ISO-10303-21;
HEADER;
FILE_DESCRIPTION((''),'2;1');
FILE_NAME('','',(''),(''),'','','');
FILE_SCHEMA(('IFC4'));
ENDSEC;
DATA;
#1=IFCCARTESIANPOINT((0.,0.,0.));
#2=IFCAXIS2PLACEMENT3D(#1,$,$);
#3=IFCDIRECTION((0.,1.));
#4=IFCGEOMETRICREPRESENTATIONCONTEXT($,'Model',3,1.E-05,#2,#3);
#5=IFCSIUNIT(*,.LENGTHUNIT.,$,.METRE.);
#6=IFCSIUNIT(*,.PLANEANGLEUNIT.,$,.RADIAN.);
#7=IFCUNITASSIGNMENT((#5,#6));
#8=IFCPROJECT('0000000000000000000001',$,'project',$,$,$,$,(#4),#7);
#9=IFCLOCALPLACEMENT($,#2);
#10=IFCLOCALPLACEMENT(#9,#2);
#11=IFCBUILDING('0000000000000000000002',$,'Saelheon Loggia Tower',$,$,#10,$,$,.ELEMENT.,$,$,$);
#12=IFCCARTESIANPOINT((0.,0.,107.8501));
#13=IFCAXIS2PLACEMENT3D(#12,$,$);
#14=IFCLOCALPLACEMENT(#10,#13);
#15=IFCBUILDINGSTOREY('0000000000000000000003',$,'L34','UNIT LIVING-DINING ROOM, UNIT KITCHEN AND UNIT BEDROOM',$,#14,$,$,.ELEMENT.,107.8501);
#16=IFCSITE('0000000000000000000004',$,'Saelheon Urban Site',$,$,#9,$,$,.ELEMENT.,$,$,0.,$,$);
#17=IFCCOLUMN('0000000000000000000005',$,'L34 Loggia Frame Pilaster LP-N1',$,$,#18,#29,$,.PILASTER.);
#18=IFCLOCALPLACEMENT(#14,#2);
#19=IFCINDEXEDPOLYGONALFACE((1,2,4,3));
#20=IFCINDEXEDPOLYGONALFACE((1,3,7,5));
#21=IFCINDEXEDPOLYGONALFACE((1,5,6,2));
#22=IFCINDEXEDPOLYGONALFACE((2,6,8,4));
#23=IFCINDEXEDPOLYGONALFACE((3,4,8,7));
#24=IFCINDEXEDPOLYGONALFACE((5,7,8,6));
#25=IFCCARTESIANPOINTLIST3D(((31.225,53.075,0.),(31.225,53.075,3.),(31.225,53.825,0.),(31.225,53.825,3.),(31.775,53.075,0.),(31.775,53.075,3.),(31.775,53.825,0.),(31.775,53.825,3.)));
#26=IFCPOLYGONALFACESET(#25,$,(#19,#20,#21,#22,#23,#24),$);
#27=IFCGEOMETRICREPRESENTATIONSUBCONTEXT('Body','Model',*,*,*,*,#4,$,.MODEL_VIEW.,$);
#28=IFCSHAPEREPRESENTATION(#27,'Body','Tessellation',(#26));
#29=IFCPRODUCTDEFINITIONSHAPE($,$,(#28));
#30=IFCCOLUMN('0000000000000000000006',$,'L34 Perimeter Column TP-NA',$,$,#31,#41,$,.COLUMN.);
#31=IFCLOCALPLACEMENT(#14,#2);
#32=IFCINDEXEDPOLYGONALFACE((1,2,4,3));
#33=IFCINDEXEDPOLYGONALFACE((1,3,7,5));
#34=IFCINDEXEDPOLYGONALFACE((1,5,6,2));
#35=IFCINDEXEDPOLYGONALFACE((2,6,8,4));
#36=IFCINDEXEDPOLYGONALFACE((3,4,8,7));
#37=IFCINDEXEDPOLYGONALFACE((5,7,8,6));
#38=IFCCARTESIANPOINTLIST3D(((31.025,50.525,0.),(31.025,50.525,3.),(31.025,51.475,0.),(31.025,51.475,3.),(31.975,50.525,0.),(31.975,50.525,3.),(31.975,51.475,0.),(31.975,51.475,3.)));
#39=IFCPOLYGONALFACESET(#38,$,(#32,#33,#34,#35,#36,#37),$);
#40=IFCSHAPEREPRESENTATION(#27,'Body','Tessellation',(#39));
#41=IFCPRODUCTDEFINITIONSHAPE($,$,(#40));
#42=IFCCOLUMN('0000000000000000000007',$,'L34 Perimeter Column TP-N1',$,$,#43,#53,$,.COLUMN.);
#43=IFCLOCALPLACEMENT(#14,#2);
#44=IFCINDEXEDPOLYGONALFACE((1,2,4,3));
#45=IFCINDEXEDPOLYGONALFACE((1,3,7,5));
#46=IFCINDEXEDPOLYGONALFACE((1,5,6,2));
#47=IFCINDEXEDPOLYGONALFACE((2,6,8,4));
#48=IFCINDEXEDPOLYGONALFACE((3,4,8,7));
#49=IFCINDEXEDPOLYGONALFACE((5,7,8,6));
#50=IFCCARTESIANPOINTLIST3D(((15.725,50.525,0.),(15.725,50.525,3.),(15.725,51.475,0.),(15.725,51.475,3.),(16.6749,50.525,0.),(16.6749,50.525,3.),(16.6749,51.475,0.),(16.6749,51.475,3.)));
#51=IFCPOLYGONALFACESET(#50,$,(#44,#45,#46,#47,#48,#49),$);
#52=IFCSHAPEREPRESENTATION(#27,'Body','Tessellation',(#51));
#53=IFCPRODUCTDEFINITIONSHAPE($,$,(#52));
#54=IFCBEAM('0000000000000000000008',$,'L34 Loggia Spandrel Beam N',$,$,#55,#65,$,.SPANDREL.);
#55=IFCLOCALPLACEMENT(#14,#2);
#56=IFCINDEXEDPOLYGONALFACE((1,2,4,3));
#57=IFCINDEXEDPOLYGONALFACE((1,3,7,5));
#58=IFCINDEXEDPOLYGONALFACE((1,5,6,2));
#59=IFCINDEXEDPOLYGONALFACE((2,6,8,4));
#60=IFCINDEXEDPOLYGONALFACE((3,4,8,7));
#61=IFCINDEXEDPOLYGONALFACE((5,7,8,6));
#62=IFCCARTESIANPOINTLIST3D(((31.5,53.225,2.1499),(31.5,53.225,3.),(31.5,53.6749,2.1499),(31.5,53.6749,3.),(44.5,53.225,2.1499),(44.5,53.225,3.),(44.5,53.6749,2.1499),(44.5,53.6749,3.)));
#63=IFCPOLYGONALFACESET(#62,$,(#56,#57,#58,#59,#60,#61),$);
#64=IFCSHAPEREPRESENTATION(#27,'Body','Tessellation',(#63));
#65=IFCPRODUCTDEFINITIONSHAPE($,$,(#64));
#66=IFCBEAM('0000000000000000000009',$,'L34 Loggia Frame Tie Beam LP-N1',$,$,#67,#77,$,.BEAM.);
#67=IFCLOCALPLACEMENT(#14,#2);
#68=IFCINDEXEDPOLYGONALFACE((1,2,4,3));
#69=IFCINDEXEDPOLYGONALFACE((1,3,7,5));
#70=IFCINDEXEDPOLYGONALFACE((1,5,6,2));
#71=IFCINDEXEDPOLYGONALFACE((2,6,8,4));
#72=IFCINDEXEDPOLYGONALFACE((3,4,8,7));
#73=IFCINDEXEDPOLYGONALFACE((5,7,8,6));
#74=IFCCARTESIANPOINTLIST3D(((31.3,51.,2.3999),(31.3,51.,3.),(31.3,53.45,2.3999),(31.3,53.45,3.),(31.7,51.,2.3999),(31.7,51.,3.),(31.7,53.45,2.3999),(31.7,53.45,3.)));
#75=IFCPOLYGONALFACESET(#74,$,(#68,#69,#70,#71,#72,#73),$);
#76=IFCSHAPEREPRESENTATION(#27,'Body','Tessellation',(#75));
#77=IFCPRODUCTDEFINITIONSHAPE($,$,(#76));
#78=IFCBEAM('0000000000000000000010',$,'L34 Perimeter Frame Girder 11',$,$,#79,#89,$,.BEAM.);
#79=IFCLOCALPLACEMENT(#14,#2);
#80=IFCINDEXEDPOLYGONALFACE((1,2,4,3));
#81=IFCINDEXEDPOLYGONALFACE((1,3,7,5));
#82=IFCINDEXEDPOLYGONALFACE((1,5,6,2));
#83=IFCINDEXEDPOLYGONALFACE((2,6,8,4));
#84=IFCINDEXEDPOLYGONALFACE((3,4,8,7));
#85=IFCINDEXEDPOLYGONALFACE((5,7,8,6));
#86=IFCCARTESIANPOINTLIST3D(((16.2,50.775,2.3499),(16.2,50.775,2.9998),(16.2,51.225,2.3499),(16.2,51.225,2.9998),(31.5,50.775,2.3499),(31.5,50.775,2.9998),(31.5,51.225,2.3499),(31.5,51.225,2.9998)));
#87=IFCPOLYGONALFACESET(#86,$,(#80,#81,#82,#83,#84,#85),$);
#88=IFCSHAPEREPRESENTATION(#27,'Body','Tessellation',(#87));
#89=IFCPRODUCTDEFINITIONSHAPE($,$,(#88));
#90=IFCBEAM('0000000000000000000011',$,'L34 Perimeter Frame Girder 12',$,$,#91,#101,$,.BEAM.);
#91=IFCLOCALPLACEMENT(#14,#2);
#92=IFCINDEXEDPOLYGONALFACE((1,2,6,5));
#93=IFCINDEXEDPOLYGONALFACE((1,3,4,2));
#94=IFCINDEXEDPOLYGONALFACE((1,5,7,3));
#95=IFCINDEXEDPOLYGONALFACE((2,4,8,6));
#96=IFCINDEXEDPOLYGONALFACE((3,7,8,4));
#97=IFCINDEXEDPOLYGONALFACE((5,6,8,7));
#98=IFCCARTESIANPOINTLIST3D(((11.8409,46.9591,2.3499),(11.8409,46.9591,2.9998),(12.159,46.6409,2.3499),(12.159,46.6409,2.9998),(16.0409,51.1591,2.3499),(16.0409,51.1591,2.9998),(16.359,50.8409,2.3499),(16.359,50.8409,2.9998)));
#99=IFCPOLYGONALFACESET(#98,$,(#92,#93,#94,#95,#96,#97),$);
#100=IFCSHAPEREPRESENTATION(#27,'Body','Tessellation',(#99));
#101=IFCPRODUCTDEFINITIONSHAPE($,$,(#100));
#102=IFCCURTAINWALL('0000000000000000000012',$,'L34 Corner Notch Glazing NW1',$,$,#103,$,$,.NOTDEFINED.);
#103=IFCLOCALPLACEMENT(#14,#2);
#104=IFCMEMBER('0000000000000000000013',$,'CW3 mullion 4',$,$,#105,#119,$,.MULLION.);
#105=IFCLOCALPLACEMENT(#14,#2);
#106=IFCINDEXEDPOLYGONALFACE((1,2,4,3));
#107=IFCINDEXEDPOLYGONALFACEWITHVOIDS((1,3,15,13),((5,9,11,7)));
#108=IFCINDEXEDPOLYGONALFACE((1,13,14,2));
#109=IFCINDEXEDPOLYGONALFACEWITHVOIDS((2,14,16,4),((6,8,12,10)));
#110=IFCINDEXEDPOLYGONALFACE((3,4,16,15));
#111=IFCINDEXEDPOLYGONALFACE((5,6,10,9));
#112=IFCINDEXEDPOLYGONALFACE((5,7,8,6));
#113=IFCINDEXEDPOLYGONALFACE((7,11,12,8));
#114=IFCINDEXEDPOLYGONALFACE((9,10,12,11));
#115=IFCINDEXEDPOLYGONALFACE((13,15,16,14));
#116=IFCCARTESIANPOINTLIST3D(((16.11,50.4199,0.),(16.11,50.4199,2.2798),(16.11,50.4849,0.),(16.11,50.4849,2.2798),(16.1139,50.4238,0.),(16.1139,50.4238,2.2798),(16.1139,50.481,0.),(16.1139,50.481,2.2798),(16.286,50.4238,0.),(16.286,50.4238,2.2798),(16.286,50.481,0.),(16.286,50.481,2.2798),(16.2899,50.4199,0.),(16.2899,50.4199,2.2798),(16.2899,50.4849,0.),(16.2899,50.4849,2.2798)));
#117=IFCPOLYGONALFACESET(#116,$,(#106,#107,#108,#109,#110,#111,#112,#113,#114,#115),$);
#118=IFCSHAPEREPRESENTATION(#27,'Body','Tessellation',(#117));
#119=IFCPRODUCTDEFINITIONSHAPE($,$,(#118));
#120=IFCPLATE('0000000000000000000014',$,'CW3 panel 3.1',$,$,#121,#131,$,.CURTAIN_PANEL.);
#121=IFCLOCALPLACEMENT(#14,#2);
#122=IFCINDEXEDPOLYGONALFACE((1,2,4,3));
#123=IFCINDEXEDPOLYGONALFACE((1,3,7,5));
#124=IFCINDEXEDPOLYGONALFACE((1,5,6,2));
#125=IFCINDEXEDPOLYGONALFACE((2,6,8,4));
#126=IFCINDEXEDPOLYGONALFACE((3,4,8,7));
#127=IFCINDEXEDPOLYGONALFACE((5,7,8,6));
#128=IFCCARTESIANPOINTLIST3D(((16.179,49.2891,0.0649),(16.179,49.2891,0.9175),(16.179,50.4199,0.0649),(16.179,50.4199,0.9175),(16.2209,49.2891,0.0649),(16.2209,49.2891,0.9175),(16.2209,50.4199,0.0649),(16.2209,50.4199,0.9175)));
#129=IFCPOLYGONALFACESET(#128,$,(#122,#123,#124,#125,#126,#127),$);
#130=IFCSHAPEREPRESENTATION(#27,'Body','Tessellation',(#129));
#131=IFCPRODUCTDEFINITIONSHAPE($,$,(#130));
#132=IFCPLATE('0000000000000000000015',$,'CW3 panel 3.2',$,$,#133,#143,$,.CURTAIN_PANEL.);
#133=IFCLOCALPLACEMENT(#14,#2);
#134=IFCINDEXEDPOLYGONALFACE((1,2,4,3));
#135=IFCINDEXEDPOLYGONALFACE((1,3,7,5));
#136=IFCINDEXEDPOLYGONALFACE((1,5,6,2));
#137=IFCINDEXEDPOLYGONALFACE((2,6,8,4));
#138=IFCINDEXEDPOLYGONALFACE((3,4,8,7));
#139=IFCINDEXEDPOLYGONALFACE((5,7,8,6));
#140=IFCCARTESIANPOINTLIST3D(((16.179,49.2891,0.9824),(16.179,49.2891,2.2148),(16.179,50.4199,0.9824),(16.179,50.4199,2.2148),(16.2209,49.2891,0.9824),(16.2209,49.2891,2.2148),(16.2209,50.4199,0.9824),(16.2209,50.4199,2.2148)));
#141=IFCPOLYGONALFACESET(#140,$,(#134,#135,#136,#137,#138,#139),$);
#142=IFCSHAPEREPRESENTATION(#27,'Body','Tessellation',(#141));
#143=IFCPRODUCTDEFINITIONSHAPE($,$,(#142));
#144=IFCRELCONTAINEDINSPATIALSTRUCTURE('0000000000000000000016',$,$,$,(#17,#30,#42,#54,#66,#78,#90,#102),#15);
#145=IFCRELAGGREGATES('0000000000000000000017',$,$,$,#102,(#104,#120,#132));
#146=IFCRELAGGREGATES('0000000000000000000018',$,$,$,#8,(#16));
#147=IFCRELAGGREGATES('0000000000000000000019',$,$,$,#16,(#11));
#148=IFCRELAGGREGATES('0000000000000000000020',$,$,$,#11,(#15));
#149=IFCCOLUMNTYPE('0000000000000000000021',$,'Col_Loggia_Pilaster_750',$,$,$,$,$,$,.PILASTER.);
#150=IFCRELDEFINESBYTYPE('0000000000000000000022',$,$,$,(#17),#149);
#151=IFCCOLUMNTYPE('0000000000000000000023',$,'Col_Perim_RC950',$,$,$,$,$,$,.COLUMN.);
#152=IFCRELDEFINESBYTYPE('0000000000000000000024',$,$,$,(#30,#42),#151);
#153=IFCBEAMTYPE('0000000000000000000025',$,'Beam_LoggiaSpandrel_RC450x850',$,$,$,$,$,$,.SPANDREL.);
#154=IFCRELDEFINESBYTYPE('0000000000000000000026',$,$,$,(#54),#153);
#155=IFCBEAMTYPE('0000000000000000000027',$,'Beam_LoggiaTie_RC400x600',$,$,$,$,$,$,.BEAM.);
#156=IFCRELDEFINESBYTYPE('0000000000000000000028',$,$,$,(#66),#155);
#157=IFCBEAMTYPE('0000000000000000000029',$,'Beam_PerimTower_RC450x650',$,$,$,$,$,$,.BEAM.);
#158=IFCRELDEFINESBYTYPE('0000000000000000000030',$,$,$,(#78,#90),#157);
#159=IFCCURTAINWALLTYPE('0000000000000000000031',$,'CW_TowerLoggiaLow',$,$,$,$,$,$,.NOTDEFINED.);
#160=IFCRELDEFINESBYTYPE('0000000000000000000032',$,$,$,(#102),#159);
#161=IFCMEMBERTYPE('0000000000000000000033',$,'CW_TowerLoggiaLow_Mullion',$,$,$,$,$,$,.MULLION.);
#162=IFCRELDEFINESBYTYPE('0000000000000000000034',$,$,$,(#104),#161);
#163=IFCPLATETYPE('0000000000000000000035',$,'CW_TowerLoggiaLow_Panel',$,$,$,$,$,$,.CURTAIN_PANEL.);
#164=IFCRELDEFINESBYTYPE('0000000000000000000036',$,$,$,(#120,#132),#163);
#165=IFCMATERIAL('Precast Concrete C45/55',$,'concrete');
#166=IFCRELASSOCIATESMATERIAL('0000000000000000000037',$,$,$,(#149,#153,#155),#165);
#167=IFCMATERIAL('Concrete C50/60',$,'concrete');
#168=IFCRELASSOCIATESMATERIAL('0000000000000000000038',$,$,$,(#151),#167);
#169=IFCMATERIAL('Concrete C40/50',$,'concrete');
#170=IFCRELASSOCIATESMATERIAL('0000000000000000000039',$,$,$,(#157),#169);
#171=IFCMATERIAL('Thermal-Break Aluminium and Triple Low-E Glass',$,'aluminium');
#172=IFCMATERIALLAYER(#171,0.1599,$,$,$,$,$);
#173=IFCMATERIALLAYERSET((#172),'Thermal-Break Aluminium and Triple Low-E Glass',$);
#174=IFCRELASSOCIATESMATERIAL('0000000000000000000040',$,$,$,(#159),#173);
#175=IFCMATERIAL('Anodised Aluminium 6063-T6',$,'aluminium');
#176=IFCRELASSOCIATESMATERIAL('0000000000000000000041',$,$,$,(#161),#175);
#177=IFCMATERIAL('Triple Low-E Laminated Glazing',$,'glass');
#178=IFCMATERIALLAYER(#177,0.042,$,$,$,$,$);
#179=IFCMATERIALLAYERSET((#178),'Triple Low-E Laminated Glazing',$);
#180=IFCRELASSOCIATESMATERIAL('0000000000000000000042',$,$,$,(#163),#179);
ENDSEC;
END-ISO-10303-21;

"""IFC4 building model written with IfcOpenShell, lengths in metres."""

from ifc_helpers import new_model, si_unit, direction, frame, origin, origin_2d, place, context, subcontext, project, spatial, rectangle, hollow_rectangle, extrude, source, transform, mapped, material, layer, layer_set, material_profile, profile_set, type_object, element, aggregate, save


model = new_model("IFC4")

# Units and contexts
model_context = context("Model", 3, precision=1e-05, world=origin(), true_north=direction((0.0, 1.0)))
body_context = subcontext(model_context, "Body", "Model", "MODEL_VIEW")
ifc_project = project(units=[si_unit("LENGTHUNIT", "METRE"), si_unit("PLANEANGLEUNIT", "RADIAN")], contexts=[model_context])

# Site, building, storey
site_placement = place(None, origin())
site = spatial("IfcSite", under=ifc_project, at=site_placement, Name="Saelheon Urban Site", CompositionType="ELEMENT", RefElevation=0.0)
building_placement = place(site_placement, origin())
building = spatial("IfcBuilding", under=site, at=building_placement, Name="Saelheon Loggia Tower", CompositionType="ELEMENT")
storey_placement = place(building_placement, frame((0.0, 0.0, 107.8501)))
storey = spatial("IfcBuildingStorey", under=building, at=storey_placement, Name="L34", Description="UNIT LIVING-DINING ROOM, UNIT KITCHEN AND UNIT BEDROOM", CompositionType="ELEMENT", Elevation=107.8501)

# Columns
ifc_material_1 = material(Name="Precast Concrete C45/55", Category="concrete")
ifc_material_profile_1 = material_profile(ifc_material_1, rectangle(XDim=0.55, YDim=0.75, at=origin_2d()), Name="RC-550x750")
ifc_profile_set_1 = profile_set([ifc_material_profile_1], Name="Precast Concrete C45/55")
column_type_1 = type_object("IfcColumnType", Name="Col_Loggia_Pilaster_750", PredefinedType="PILASTER", material=ifc_profile_set_1)
shared_shape_1 = source(origin(), body_context, "Body", "SweptSolid", [
    extrude(rectangle(XDim=0.55, YDim=0.75, at=origin_2d()), origin(), (0.0, 0.0, 1.0), 3.0),
])
column_placement = place(storey_placement, frame((31.5, 53.45, 0.0), z_axis=(0.0, 0.0, 1.0), x_axis=(1.0, 0.0, 0.0)))
element("IfcColumn", 1, at=column_placement, inside=storey, type_object=column_type_1, Name="L34 Loggia Frame Pilaster LP-N1", PredefinedType="PILASTER", context=body_context, shape_type="MappedRepresentation", body=[
    mapped(shared_shape_1, transform((0.0, 0.0, 0.0), scale=1.0)),
])
ifc_material_2 = material(Name="Concrete C50/60", Category="concrete")
ifc_material_profile_2 = material_profile(ifc_material_2, rectangle(XDim=0.95, YDim=0.95, at=origin_2d()), Name="RC-950x950")
ifc_profile_set_2 = profile_set([ifc_material_profile_2], Name="Concrete C50/60")
column_type_2 = type_object("IfcColumnType", Name="Col_Perim_RC950", PredefinedType="COLUMN", material=ifc_profile_set_2)
shared_shape_2 = source(origin(), body_context, "Body", "SweptSolid", [
    extrude(rectangle(XDim=0.95, YDim=0.95, at=origin_2d()), origin(), (0.0, 0.0, 1.0), 3.0),
])
for number, where, z_axis, x_axis, name in (
    (2, (31.5, 51.0, 0.0), (0.0, 0.0, 1.0), (1.0, 0.0, 0.0), "L34 Perimeter Column TP-NA"),
    (3, (16.2, 51.0, 0.0), (0.0, 0.0, 1.0), (1.0, 0.0, 0.0), "L34 Perimeter Column TP-N1"),
):
    element("IfcColumn", number, at=place(storey_placement, frame(where, z_axis=z_axis, x_axis=x_axis)), inside=storey, type_object=column_type_2, Name=name, PredefinedType="COLUMN", context=body_context, shape_type="MappedRepresentation", body=[
        mapped(shared_shape_2, transform((0.0, 0.0, 0.0), scale=1.0)),
    ])

# Beams
ifc_material_profile_3 = material_profile(ifc_material_1, rectangle(XDim=0.45, YDim=0.8501, at=origin_2d()), Name="RC-450x850")
ifc_profile_set_3 = profile_set([ifc_material_profile_3], Name="Precast Concrete C45/55")
beam_type_1 = type_object("IfcBeamType", Name="Beam_LoggiaSpandrel_RC450x850", PredefinedType="SPANDREL", material=ifc_profile_set_3)
shared_shape_3 = source(origin(), body_context, "Body", "SweptSolid", [
    extrude(rectangle(XDim=0.45, YDim=0.8501, at=origin_2d()), origin(), (0.0, 0.0, 1.0), 13.0),
])
beam_1_placement = place(storey_placement, frame((31.5, 53.45, 2.575), z_axis=(1.0, 0.0, 0.0), x_axis=(0.0, 1.0, 0.0)))
element("IfcBeam", 4, at=beam_1_placement, inside=storey, type_object=beam_type_1, Name="L34 Loggia Spandrel Beam N", PredefinedType="SPANDREL", context=body_context, shape_type="MappedRepresentation", body=[
    mapped(shared_shape_3, transform((0.0, 0.0, 0.0), scale=1.0)),
])
ifc_material_profile_4 = material_profile(ifc_material_1, rectangle(XDim=0.3999, YDim=0.6001, at=origin_2d()), Name="RC-400x600")
ifc_profile_set_4 = profile_set([ifc_material_profile_4], Name="Precast Concrete C45/55")
beam_type_2 = type_object("IfcBeamType", Name="Beam_LoggiaTie_RC400x600", PredefinedType="BEAM", material=ifc_profile_set_4)
shared_shape_4 = source(origin(), body_context, "Body", "SweptSolid", [
    extrude(rectangle(XDim=0.3999, YDim=0.6001, at=origin_2d()), origin(), (0.0, 0.0, 1.0), 2.45),
])
beam_2_placement = place(storey_placement, frame((31.5, 51.0, 2.7), z_axis=(0.0, 1.0, 0.0), x_axis=(-1.0, 0.0, 0.0)))
element("IfcBeam", 5, at=beam_2_placement, inside=storey, type_object=beam_type_2, Name="L34 Loggia Frame Tie Beam LP-N1", PredefinedType="BEAM", context=body_context, shape_type="MappedRepresentation", body=[
    mapped(shared_shape_4, transform((0.0, 0.0, 0.0), scale=1.0)),
])
ifc_material_3 = material(Name="Concrete C40/50", Category="concrete")
ifc_material_profile_5 = material_profile(ifc_material_3, rectangle(XDim=0.45, YDim=0.6499, at=origin_2d()), Name="RC-450x650")
ifc_profile_set_5 = profile_set([ifc_material_profile_5], Name="Concrete C40/50")
beam_type_3 = type_object("IfcBeamType", Name="Beam_PerimTower_RC450x650", PredefinedType="BEAM", material=ifc_profile_set_5)
shared_shape_5 = source(origin(), body_context, "Body", "SweptSolid", [
    extrude(rectangle(XDim=0.45, YDim=0.6499, at=origin_2d()), origin(), (0.0, 0.0, 1.0), 15.3),
])
beam_3_placement = place(storey_placement, frame((31.5, 51.0, 2.6748), z_axis=(-1.0, 0.0, 0.0), x_axis=(0.0, -1.0, 0.0)))
element("IfcBeam", 6, at=beam_3_placement, inside=storey, type_object=beam_type_3, Name="L34 Perimeter Frame Girder 11", PredefinedType="BEAM", context=body_context, shape_type="MappedRepresentation", body=[
    mapped(shared_shape_5, transform((0.0, 0.0, 0.0), scale=1.0)),
])
shared_shape_6 = source(origin(), body_context, "Body", "SweptSolid", [
    extrude(rectangle(XDim=0.45, YDim=0.6499, at=origin_2d()), origin(), (0.0, 0.0, 1.0), 5.9397),
])
beam_4_placement = place(storey_placement, frame((16.2, 51.0, 2.6748), z_axis=(-0.707107, -0.707107, 0.0), x_axis=(0.707107, -0.707107, 0.0)))
element("IfcBeam", 7, at=beam_4_placement, inside=storey, type_object=beam_type_3, Name="L34 Perimeter Frame Girder 12", PredefinedType="BEAM", context=body_context, shape_type="MappedRepresentation", body=[
    mapped(shared_shape_6, transform((0.0, 0.0, 0.0), scale=1.0)),
])

# Curtain wall, member, plates
ifc_material_4 = material(Name="Thermal-Break Aluminium and Triple Low-E Glass", Category="aluminium")
ifc_layer_1 = layer(ifc_material_4, 0.1599)
ifc_layer_set_1 = layer_set([ifc_layer_1], Name="Thermal-Break Aluminium and Triple Low-E Glass")
curtain_wall_type = type_object("IfcCurtainWallType", Name="CW_TowerLoggiaLow", PredefinedType="NOTDEFINED", material=ifc_layer_set_1)
curtain_wall_placement = place(storey_placement, origin())
curtain_wall = element("IfcCurtainWall", 8, at=curtain_wall_placement, inside=storey, type_object=curtain_wall_type, Name="L34 Corner Notch Glazing NW1", PredefinedType="NOTDEFINED")
ifc_material_5 = material(Name="Anodised Aluminium 6063-T6", Category="aluminium")
ifc_material_profile_6 = material_profile(ifc_material_5, hollow_rectangle(XDim=0.0649, YDim=0.1799, WallThickness=0.0039, at=origin_2d()), Name="RHS-180x65x4")
ifc_profile_set_6 = profile_set([ifc_material_profile_6], Name="Anodised Aluminium 6063-T6")
member_type = type_object("IfcMemberType", Name="CW_TowerLoggiaLow_Mullion", PredefinedType="MULLION", material=ifc_profile_set_6)
shared_shape_7 = source(origin(), body_context, "Body", "SweptSolid", [
    extrude(hollow_rectangle(XDim=0.0649, YDim=0.1799, WallThickness=0.0039, at=origin_2d()), origin(), (0.0, 0.0, 1.0), 2.2798),
])
member_placement = place(storey_placement, frame((16.2, 50.4524, 0.0), z_axis=(0.0, 0.0, 1.0), x_axis=(0.0, 1.0, 0.0)))
member = element("IfcMember", 9, at=member_placement, type_object=member_type, Name="CW3 mullion 4", PredefinedType="MULLION", context=body_context, shape_type="MappedRepresentation", body=[
    mapped(shared_shape_7, transform((0.0, 0.0, 0.0), scale=1.0)),
])
ifc_material_6 = material(Name="Triple Low-E Laminated Glazing", Category="glass")
ifc_layer_2 = layer(ifc_material_6, 0.042)
ifc_layer_set_2 = layer_set([ifc_layer_2], Name="Triple Low-E Laminated Glazing")
plate_type = type_object("IfcPlateType", Name="CW_TowerLoggiaLow_Panel", PredefinedType="CURTAIN_PANEL", material=ifc_layer_set_2)
shared_shape_8 = source(origin(), body_context, "Body", "SweptSolid", [
    extrude(rectangle(XDim=1.1309, YDim=0.042, at=origin_2d()), origin(), (0.0, 0.0, 1.0), 0.8525),
])
plate_1_placement = place(storey_placement, frame((16.2, 49.8545, 0.0649), z_axis=(0.0, 0.0, 1.0), x_axis=(0.0, 1.0, 0.0)))
plate_1 = element("IfcPlate", 10, at=plate_1_placement, type_object=plate_type, Name="CW3 panel 3.1", PredefinedType="CURTAIN_PANEL", context=body_context, shape_type="MappedRepresentation", body=[
    mapped(shared_shape_8, transform((0.0, 0.0, 0.0), scale=1.0)),
])
shared_shape_9 = source(origin(), body_context, "Body", "SweptSolid", [
    extrude(rectangle(XDim=1.1309, YDim=0.042, at=origin_2d()), origin(), (0.0, 0.0, 1.0), 1.2324),
])
plate_2_placement = place(storey_placement, frame((16.2, 49.8545, 0.9824), z_axis=(0.0, 0.0, 1.0), x_axis=(0.0, 1.0, 0.0)))
plate_2 = element("IfcPlate", 11, at=plate_2_placement, type_object=plate_type, Name="CW3 panel 3.2", PredefinedType="CURTAIN_PANEL", context=body_context, shape_type="MappedRepresentation", body=[
    mapped(shared_shape_9, transform((0.0, 0.0, 0.0), scale=1.0)),
])
aggregate(curtain_wall, [member, plate_1, plate_2])

save(model, "model.ifc")
